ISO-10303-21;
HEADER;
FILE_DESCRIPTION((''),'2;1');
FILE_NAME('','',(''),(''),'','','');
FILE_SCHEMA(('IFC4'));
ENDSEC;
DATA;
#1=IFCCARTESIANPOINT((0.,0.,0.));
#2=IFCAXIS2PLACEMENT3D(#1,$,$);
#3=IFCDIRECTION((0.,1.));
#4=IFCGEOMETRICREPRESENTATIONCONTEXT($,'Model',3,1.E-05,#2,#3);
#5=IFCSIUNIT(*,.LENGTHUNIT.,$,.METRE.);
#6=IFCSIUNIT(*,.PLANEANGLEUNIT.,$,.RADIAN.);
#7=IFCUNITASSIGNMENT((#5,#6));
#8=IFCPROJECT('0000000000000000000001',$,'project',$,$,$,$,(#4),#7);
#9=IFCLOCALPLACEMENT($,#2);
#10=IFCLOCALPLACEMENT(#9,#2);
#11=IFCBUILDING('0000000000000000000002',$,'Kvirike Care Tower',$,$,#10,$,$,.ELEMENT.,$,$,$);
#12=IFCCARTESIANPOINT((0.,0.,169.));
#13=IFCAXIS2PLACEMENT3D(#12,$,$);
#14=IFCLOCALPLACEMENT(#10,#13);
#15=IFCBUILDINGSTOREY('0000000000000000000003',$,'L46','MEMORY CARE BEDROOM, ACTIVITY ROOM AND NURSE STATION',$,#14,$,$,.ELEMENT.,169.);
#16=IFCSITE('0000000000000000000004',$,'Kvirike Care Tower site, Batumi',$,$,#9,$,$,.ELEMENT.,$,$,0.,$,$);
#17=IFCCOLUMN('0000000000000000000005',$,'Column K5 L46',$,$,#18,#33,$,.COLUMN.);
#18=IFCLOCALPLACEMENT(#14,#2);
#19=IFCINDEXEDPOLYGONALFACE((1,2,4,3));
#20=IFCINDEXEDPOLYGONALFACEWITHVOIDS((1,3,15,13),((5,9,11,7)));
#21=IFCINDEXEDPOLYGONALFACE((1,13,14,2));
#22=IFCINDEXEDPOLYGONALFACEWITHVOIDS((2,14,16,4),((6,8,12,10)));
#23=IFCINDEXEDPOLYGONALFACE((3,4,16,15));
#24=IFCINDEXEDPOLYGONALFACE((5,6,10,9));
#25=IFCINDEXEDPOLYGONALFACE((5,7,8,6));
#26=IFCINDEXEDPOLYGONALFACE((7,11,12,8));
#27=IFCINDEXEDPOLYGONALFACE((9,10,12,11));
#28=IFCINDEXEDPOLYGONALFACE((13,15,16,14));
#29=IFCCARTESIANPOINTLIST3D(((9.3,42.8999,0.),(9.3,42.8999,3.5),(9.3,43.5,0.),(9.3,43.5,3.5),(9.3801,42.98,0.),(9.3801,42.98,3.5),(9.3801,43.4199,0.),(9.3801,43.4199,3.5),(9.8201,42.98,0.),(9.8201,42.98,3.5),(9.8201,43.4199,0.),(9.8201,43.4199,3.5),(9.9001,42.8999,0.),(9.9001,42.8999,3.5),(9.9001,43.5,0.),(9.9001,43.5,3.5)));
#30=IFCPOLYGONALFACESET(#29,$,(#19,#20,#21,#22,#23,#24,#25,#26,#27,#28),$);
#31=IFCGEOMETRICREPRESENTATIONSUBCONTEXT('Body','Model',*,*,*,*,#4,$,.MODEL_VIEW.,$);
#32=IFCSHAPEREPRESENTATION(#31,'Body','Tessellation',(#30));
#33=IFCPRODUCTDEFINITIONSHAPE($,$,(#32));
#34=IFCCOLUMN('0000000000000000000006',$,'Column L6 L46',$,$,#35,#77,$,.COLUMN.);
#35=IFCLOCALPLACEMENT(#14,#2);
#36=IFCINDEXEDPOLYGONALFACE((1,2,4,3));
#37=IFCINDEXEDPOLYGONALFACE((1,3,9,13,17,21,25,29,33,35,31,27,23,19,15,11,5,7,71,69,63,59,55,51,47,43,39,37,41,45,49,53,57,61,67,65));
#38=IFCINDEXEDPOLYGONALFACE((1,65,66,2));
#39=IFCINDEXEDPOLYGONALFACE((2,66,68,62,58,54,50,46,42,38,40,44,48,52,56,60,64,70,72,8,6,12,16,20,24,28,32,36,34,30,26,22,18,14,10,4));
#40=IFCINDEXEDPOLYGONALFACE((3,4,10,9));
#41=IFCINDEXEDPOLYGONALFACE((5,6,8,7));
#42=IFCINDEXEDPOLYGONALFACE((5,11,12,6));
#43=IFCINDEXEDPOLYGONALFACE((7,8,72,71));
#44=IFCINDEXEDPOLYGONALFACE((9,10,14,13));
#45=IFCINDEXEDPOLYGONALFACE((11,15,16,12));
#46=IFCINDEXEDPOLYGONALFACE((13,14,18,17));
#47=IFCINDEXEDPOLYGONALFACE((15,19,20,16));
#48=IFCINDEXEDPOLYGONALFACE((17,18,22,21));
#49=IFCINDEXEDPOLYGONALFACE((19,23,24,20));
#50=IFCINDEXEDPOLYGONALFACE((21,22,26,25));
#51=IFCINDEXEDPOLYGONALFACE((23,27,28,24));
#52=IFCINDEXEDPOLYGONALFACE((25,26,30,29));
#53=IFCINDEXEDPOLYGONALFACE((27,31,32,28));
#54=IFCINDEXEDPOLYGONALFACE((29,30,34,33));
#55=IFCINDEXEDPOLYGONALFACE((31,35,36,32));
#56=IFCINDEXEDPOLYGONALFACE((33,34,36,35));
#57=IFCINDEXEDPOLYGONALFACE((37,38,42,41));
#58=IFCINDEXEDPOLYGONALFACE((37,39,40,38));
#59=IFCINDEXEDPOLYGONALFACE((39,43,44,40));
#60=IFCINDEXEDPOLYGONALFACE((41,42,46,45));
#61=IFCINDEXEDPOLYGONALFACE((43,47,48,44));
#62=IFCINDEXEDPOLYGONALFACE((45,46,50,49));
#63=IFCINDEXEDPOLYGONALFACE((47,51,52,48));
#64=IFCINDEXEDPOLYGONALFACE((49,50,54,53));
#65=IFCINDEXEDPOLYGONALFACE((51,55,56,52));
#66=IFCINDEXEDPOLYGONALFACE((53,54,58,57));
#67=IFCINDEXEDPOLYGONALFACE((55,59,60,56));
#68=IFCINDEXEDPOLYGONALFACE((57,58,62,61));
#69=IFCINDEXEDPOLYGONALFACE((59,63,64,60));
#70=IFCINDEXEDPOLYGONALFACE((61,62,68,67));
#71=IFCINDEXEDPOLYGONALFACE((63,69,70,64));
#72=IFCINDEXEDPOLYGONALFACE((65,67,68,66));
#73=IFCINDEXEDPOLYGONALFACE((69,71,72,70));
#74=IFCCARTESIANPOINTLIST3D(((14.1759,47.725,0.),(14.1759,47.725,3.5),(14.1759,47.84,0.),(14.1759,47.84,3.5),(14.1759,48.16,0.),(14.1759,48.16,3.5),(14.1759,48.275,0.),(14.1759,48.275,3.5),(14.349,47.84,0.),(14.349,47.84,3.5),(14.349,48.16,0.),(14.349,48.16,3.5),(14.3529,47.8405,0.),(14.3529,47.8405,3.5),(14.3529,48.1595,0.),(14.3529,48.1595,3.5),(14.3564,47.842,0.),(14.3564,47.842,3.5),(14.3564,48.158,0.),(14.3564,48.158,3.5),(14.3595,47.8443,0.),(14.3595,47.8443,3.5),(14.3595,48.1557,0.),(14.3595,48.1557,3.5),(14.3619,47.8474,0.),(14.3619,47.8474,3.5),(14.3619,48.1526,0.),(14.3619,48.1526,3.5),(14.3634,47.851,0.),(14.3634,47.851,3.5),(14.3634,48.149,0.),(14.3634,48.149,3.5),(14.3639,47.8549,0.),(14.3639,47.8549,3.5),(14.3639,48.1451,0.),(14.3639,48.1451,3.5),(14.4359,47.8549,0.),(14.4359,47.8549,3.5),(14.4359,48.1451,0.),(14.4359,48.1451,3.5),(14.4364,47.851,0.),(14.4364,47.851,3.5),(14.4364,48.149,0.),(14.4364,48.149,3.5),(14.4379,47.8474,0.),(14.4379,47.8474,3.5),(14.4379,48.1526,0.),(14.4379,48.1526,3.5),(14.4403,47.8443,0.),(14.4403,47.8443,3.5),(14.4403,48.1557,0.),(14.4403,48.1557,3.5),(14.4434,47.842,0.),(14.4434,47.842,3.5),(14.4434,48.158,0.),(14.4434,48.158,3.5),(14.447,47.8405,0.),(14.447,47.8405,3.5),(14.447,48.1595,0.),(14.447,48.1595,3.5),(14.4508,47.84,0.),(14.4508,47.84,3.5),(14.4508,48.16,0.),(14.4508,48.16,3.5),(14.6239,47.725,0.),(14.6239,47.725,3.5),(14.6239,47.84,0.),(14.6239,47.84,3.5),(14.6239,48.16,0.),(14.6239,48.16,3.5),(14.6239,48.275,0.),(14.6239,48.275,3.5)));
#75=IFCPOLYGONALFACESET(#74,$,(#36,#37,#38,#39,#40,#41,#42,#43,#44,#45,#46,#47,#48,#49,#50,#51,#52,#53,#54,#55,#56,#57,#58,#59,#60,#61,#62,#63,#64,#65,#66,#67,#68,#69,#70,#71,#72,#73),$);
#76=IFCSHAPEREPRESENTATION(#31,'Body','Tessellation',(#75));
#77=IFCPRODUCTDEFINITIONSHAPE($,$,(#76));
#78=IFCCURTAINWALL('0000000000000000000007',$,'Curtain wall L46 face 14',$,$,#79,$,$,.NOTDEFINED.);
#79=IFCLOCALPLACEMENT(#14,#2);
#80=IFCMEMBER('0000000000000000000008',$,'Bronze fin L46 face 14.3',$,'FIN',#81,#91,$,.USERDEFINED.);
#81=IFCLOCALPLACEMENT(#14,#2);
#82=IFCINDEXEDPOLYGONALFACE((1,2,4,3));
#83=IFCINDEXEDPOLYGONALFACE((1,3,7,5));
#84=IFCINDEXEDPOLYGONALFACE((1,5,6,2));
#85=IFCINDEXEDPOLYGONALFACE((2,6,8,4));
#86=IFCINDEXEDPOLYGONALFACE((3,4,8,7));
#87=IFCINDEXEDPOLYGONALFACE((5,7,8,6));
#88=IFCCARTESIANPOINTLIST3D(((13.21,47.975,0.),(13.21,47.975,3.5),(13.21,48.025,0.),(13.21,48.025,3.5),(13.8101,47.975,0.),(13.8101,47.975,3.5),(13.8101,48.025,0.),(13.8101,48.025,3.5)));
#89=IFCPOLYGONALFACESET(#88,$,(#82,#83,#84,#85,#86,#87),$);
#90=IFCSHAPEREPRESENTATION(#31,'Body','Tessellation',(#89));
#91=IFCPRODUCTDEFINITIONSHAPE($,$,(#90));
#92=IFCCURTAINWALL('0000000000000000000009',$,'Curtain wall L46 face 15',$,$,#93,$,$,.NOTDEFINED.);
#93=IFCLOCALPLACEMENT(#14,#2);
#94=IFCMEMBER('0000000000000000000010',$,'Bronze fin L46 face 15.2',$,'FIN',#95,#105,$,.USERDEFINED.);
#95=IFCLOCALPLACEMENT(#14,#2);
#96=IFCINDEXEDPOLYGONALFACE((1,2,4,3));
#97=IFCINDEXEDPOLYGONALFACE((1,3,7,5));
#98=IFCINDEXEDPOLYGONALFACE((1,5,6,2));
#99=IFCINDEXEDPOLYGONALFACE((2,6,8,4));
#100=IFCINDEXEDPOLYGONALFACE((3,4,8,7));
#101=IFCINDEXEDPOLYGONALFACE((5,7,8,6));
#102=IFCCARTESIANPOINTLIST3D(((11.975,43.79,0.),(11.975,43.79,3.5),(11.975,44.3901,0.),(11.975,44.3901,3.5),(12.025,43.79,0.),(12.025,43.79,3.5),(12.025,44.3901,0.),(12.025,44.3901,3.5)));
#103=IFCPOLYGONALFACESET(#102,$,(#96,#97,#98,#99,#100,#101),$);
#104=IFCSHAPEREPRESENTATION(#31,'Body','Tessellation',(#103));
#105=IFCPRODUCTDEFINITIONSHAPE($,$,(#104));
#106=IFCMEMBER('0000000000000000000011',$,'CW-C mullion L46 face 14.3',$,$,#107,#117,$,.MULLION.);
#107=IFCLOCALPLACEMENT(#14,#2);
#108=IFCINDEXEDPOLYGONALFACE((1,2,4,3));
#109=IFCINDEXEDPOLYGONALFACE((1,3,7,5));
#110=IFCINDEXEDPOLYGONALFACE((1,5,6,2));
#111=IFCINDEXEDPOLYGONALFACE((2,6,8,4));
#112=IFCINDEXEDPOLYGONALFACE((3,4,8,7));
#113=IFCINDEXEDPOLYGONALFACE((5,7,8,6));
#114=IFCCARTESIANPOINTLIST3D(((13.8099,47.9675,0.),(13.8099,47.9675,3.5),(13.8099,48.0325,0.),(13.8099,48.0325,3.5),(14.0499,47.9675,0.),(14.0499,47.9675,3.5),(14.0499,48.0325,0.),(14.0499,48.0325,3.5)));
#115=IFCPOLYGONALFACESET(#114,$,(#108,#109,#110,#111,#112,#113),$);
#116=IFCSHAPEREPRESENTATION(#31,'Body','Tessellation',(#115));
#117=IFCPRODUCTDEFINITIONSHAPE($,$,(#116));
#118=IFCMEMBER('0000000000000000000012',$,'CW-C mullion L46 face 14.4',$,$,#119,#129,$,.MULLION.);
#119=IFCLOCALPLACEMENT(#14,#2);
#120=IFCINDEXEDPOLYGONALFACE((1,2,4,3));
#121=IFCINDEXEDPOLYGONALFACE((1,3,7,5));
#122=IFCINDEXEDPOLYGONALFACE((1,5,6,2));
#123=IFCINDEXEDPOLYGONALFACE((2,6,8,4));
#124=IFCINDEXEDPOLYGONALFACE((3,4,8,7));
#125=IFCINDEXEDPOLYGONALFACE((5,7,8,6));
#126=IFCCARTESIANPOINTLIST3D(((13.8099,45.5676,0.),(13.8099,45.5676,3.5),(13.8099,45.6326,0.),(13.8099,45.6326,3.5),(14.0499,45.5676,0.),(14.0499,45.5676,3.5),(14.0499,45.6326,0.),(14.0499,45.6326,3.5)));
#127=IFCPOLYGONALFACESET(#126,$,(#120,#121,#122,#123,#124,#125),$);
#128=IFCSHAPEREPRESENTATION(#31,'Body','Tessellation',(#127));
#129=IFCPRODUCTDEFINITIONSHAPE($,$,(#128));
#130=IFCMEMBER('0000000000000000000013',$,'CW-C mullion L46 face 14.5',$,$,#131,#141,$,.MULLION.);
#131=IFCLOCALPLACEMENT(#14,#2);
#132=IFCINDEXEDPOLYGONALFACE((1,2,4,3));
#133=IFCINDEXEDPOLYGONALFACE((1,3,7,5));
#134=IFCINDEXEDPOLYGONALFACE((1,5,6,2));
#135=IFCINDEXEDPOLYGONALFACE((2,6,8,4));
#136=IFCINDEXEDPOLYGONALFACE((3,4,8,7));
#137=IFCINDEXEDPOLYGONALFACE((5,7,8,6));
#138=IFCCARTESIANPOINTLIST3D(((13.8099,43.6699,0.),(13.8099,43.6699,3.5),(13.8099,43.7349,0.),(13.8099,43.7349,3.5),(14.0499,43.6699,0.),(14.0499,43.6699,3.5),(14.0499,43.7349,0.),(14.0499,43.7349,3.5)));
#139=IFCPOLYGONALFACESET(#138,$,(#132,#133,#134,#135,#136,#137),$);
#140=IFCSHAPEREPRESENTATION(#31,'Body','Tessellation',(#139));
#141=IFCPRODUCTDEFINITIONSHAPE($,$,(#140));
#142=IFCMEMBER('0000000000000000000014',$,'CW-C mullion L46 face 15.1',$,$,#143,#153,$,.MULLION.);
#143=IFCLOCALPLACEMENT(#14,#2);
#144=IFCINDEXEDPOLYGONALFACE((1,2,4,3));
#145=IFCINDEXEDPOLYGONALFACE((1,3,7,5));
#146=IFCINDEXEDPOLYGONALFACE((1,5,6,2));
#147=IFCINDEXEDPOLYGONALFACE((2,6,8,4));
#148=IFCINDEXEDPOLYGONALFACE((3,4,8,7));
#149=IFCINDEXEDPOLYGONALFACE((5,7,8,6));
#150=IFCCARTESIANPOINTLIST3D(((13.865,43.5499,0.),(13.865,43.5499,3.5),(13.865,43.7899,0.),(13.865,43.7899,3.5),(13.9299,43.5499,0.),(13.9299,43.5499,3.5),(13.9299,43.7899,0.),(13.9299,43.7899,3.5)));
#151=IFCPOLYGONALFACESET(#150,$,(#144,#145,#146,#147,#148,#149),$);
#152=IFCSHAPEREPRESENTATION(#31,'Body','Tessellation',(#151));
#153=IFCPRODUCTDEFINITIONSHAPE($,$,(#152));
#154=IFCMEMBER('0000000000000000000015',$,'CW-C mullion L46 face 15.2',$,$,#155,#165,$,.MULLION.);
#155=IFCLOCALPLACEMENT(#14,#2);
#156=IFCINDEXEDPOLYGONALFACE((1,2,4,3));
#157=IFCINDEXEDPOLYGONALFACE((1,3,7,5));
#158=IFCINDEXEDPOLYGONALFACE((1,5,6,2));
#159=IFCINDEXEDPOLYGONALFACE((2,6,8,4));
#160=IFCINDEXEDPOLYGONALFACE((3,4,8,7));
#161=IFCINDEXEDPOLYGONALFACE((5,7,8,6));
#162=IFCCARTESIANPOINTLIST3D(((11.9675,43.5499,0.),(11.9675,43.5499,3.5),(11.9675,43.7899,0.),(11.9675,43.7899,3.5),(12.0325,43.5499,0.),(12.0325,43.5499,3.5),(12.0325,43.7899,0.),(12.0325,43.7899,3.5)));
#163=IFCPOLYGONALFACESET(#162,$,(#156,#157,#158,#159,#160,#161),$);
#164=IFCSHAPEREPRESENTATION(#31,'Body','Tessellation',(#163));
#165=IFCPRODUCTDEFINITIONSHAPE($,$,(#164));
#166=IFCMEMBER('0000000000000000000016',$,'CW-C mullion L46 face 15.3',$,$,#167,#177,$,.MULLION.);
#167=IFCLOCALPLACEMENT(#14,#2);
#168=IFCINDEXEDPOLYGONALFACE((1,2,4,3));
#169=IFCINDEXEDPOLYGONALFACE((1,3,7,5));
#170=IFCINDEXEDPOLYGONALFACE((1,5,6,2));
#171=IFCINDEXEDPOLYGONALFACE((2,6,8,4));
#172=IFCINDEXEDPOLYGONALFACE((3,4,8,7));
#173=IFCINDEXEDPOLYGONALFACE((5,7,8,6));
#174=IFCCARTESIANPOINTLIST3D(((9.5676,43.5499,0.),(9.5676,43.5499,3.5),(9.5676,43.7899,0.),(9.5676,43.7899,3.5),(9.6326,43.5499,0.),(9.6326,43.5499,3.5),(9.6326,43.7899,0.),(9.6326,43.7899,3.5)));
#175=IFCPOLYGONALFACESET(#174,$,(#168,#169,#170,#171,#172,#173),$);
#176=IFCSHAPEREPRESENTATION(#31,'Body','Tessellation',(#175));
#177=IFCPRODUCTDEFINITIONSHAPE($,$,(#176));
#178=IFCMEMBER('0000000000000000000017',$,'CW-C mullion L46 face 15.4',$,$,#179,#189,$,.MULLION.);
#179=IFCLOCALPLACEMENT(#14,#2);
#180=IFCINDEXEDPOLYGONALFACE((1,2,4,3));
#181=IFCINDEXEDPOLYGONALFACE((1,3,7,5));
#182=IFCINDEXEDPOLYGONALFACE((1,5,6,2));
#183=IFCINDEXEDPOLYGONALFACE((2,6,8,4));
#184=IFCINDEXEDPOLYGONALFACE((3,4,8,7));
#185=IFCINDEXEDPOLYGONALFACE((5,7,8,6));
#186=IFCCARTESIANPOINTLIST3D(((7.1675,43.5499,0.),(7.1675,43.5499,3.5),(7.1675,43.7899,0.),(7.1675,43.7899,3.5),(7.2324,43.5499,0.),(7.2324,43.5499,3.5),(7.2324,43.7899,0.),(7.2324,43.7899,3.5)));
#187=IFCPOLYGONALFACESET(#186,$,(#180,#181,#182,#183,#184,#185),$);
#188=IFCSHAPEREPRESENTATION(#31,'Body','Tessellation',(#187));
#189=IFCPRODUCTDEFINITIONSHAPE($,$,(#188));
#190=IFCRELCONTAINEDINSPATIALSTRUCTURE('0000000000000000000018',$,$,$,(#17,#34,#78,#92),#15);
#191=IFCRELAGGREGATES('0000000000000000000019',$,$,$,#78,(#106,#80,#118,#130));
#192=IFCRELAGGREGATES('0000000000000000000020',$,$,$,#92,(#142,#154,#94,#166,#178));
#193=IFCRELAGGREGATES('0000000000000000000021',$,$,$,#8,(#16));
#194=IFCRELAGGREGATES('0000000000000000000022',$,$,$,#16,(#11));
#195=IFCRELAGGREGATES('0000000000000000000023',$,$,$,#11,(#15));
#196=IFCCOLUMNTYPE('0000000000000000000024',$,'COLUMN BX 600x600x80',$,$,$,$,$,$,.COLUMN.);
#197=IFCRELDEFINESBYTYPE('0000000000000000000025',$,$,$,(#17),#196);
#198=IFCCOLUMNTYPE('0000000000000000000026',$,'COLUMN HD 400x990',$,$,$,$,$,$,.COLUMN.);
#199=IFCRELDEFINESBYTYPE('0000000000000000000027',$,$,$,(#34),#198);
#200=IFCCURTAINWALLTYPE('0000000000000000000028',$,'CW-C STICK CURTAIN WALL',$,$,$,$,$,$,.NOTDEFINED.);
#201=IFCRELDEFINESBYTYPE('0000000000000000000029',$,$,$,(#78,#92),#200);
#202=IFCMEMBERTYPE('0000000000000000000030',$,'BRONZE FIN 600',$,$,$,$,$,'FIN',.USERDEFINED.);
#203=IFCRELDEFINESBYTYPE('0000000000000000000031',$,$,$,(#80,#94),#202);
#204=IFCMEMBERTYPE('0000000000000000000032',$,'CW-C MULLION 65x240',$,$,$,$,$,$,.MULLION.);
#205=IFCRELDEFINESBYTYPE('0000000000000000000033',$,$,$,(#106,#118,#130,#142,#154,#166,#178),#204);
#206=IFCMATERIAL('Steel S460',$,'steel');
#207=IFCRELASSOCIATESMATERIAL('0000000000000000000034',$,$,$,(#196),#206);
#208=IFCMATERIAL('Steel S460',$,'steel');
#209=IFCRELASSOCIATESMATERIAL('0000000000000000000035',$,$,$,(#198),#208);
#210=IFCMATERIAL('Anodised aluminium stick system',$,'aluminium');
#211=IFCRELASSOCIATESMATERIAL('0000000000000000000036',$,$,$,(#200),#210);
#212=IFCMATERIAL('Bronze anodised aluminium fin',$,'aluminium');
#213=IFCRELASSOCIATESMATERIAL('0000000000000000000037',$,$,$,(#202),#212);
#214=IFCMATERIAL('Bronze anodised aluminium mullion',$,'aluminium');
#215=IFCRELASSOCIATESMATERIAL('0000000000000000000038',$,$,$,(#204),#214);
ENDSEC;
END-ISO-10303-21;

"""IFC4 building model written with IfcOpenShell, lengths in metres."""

from ifc_helpers import new_model, si_unit, direction, frame, origin, origin_2d, place, context, subcontext, project, spatial, rectangle, hollow_rectangle, i_section, extrude, material, material_profile, profile_set, type_object, element, aggregate, save


model = new_model("IFC4")

# Units and contexts
model_context = context("Model", 3, precision=1e-05, world=origin(), true_north=direction((0.0, 1.0)))
body_context = subcontext(model_context, "Body", "Model", "MODEL_VIEW")
ifc_project = project(units=[si_unit("LENGTHUNIT", "METRE"), si_unit("PLANEANGLEUNIT", "RADIAN")], contexts=[model_context])

# Site, building, storey
site_placement = place(None, origin())
site = spatial("IfcSite", under=ifc_project, at=site_placement, Name="Kvirike Care Tower site, Batumi", CompositionType="ELEMENT", RefElevation=0.0)
building_placement = place(site_placement, origin())
building = spatial("IfcBuilding", under=site, at=building_placement, Name="Kvirike Care Tower", CompositionType="ELEMENT")
storey_placement = place(building_placement, frame((0.0, 0.0, 169.0)))
storey = spatial("IfcBuildingStorey", under=building, at=storey_placement, Name="L46", Description="MEMORY CARE BEDROOM, ACTIVITY ROOM AND NURSE STATION", CompositionType="ELEMENT", Elevation=169.0)

# Columns
ifc_material_1 = material(Name="Steel S460", Category="steel")
ifc_material_profile_1 = material_profile(ifc_material_1, hollow_rectangle(XDim=0.6001, YDim=0.6001, WallThickness=0.0801, at=origin_2d()), Name="BX 600x600x80")
ifc_profile_set_1 = profile_set([ifc_material_profile_1], Name="Steel S460")
column_type_1 = type_object("IfcColumnType", Name="COLUMN BX 600x600x80", PredefinedType="COLUMN", material=ifc_profile_set_1)
column_1_placement = place(storey_placement, frame((9.6001, 43.2, 0.0), z_axis=(0.0, 0.0, 1.0), x_axis=(0.0, 1.0, 0.0)))
element("IfcColumn", 1, at=column_1_placement, inside=storey, type_object=column_type_1, Name="Column K5 L46", PredefinedType="COLUMN", context=body_context, shape_type="SweptSolid", body=[
    extrude(hollow_rectangle(XDim=0.6001, YDim=0.6001, WallThickness=0.0801, at=origin_2d()), origin(), (0.0, 0.0, 1.0), 3.5),
])
ifc_material_2 = material(Name="Steel S460", Category="steel")
ifc_material_profile_2 = material_profile(ifc_material_2, i_section(OverallWidth=0.448, OverallDepth=0.55, WebThickness=0.072, FlangeThickness=0.115, FilletRadius=0.0149, at=origin_2d()), Name="HD 400x990")
ifc_profile_set_2 = profile_set([ifc_material_profile_2], Name="Steel S460")
column_type_2 = type_object("IfcColumnType", Name="COLUMN HD 400x990", PredefinedType="COLUMN", material=ifc_profile_set_2)
column_2_placement = place(storey_placement, frame((14.3999, 48.0, 0.0), z_axis=(0.0, 0.0, 1.0), x_axis=(1.0, 0.0, 0.0)))
element("IfcColumn", 2, at=column_2_placement, inside=storey, type_object=column_type_2, Name="Column L6 L46", PredefinedType="COLUMN", context=body_context, shape_type="SweptSolid", body=[
    extrude(i_section(OverallWidth=0.448, OverallDepth=0.55, WebThickness=0.072, FlangeThickness=0.115, FilletRadius=0.0149, at=origin_2d()), origin(), (0.0, 0.0, 1.0), 3.5),
])

# Curtain walls, members
ifc_material_3 = material(Name="Anodised aluminium stick system", Category="aluminium")
curtain_wall_type = type_object("IfcCurtainWallType", Name="CW-C STICK CURTAIN WALL", PredefinedType="NOTDEFINED", material=ifc_material_3)
curtain_wall_1_placement = place(storey_placement, origin())
curtain_wall_1 = element("IfcCurtainWall", 3, at=curtain_wall_1_placement, inside=storey, type_object=curtain_wall_type, Name="Curtain wall L46 face 14", PredefinedType="NOTDEFINED")
ifc_material_4 = material(Name="Bronze anodised aluminium fin", Category="aluminium")
ifc_material_profile_3 = material_profile(ifc_material_4, rectangle(XDim=0.05, YDim=0.6001, at=origin_2d()), Name="BRONZE FIN 600")
ifc_profile_set_3 = profile_set([ifc_material_profile_3], Name="Bronze anodised aluminium fin")
member_type_1 = type_object("IfcMemberType", Name="BRONZE FIN 600", ElementType="FIN", PredefinedType="USERDEFINED", material=ifc_profile_set_3)
member_1_placement = place(storey_placement, frame((13.51, 48.0, 0.0), z_axis=(0.0, 0.0, 1.0), x_axis=(0.0, -1.0, 0.0)))
member_1 = element("IfcMember", 4, at=member_1_placement, type_object=member_type_1, Name="Bronze fin L46 face 14.3", ObjectType="FIN", PredefinedType="USERDEFINED", context=body_context, shape_type="SweptSolid", body=[
    extrude(rectangle(XDim=0.05, YDim=0.6001, at=origin_2d()), origin(), (0.0, 0.0, 1.0), 3.5),
])
curtain_wall_2_placement = place(storey_placement, origin())
curtain_wall_2 = element("IfcCurtainWall", 5, at=curtain_wall_2_placement, inside=storey, type_object=curtain_wall_type, Name="Curtain wall L46 face 15", PredefinedType="NOTDEFINED")
member_2_placement = place(storey_placement, frame((12.0, 44.0901, 0.0), z_axis=(0.0, 0.0, 1.0), x_axis=(-1.0, 0.0, 0.0)))
member_2 = element("IfcMember", 6, at=member_2_placement, type_object=member_type_1, Name="Bronze fin L46 face 15.2", ObjectType="FIN", PredefinedType="USERDEFINED", context=body_context, shape_type="SweptSolid", body=[
    extrude(rectangle(XDim=0.05, YDim=0.6001, at=origin_2d()), origin(), (0.0, 0.0, 1.0), 3.5),
])

# Members
ifc_material_5 = material(Name="Bronze anodised aluminium mullion", Category="aluminium")
ifc_material_profile_4 = material_profile(ifc_material_5, rectangle(XDim=0.0649, YDim=0.24, at=origin_2d()), Name="CW-C MULLION 65x240")
ifc_profile_set_4 = profile_set([ifc_material_profile_4], Name="Bronze anodised aluminium mullion")
member_type_2 = type_object("IfcMemberType", Name="CW-C MULLION 65x240", PredefinedType="MULLION", material=ifc_profile_set_4)
member_3_placement = place(storey_placement, frame((13.9299, 48.0, 0.0), z_axis=(0.0, 0.0, 1.0), x_axis=(0.0, -1.0, 0.0)))
member_3 = element("IfcMember", 7, at=member_3_placement, type_object=member_type_2, Name="CW-C mullion L46 face 14.3", PredefinedType="MULLION", context=body_context, shape_type="SweptSolid", body=[
    extrude(rectangle(XDim=0.0649, YDim=0.24, at=origin_2d()), origin(), (0.0, 0.0, 1.0), 3.5),
])
member_4_placement = place(storey_placement, frame((13.9299, 45.6001, 0.0), z_axis=(0.0, 0.0, 1.0), x_axis=(0.0, -1.0, 0.0)))
member_4 = element("IfcMember", 8, at=member_4_placement, type_object=member_type_2, Name="CW-C mullion L46 face 14.4", PredefinedType="MULLION", context=body_context, shape_type="SweptSolid", body=[
    extrude(rectangle(XDim=0.0649, YDim=0.24, at=origin_2d()), origin(), (0.0, 0.0, 1.0), 3.5),
])
member_5_placement = place(storey_placement, frame((13.9299, 43.7024, 0.0), z_axis=(0.0, 0.0, 1.0), x_axis=(0.0, -1.0, 0.0)))
member_5 = element("IfcMember", 9, at=member_5_placement, type_object=member_type_2, Name="CW-C mullion L46 face 14.5", PredefinedType="MULLION", context=body_context, shape_type="SweptSolid", body=[
    extrude(rectangle(XDim=0.0649, YDim=0.24, at=origin_2d()), origin(), (0.0, 0.0, 1.0), 3.5),
])
member_6_placement = place(storey_placement, frame((13.8975, 43.6699, 0.0), z_axis=(0.0, 0.0, 1.0), x_axis=(-1.0, 0.0, 0.0)))
member_6 = element("IfcMember", 10, at=member_6_placement, type_object=member_type_2, Name="CW-C mullion L46 face 15.1", PredefinedType="MULLION", context=body_context, shape_type="SweptSolid", body=[
    extrude(rectangle(XDim=0.0649, YDim=0.24, at=origin_2d()), origin(), (0.0, 0.0, 1.0), 3.5),
])
member_7_placement = place(storey_placement, frame((12.0, 43.6699, 0.0), z_axis=(0.0, 0.0, 1.0), x_axis=(-1.0, 0.0, 0.0)))
member_7 = element("IfcMember", 11, at=member_7_placement, type_object=member_type_2, Name="CW-C mullion L46 face 15.2", PredefinedType="MULLION", context=body_context, shape_type="SweptSolid", body=[
    extrude(rectangle(XDim=0.0649, YDim=0.24, at=origin_2d()), origin(), (0.0, 0.0, 1.0), 3.5),
])
member_8_placement = place(storey_placement, frame((9.6001, 43.6699, 0.0), z_axis=(0.0, 0.0, 1.0), x_axis=(-1.0, 0.0, 0.0)))
member_8 = element("IfcMember", 12, at=member_8_placement, type_object=member_type_2, Name="CW-C mullion L46 face 15.3", PredefinedType="MULLION", context=body_context, shape_type="SweptSolid", body=[
    extrude(rectangle(XDim=0.0649, YDim=0.24, at=origin_2d()), origin(), (0.0, 0.0, 1.0), 3.5),
])
member_9_placement = place(storey_placement, frame((7.2, 43.6699, 0.0), z_axis=(0.0, 0.0, 1.0), x_axis=(-1.0, 0.0, 0.0)))
member_9 = element("IfcMember", 13, at=member_9_placement, type_object=member_type_2, Name="CW-C mullion L46 face 15.4", PredefinedType="MULLION", context=body_context, shape_type="SweptSolid", body=[
    extrude(rectangle(XDim=0.0649, YDim=0.24, at=origin_2d()), origin(), (0.0, 0.0, 1.0), 3.5),
])

aggregate(curtain_wall_1, [member_3, member_1, member_4, member_5])
aggregate(curtain_wall_2, [member_6, member_7, member_2, member_8, member_9])

save(model, "model.ifc")
